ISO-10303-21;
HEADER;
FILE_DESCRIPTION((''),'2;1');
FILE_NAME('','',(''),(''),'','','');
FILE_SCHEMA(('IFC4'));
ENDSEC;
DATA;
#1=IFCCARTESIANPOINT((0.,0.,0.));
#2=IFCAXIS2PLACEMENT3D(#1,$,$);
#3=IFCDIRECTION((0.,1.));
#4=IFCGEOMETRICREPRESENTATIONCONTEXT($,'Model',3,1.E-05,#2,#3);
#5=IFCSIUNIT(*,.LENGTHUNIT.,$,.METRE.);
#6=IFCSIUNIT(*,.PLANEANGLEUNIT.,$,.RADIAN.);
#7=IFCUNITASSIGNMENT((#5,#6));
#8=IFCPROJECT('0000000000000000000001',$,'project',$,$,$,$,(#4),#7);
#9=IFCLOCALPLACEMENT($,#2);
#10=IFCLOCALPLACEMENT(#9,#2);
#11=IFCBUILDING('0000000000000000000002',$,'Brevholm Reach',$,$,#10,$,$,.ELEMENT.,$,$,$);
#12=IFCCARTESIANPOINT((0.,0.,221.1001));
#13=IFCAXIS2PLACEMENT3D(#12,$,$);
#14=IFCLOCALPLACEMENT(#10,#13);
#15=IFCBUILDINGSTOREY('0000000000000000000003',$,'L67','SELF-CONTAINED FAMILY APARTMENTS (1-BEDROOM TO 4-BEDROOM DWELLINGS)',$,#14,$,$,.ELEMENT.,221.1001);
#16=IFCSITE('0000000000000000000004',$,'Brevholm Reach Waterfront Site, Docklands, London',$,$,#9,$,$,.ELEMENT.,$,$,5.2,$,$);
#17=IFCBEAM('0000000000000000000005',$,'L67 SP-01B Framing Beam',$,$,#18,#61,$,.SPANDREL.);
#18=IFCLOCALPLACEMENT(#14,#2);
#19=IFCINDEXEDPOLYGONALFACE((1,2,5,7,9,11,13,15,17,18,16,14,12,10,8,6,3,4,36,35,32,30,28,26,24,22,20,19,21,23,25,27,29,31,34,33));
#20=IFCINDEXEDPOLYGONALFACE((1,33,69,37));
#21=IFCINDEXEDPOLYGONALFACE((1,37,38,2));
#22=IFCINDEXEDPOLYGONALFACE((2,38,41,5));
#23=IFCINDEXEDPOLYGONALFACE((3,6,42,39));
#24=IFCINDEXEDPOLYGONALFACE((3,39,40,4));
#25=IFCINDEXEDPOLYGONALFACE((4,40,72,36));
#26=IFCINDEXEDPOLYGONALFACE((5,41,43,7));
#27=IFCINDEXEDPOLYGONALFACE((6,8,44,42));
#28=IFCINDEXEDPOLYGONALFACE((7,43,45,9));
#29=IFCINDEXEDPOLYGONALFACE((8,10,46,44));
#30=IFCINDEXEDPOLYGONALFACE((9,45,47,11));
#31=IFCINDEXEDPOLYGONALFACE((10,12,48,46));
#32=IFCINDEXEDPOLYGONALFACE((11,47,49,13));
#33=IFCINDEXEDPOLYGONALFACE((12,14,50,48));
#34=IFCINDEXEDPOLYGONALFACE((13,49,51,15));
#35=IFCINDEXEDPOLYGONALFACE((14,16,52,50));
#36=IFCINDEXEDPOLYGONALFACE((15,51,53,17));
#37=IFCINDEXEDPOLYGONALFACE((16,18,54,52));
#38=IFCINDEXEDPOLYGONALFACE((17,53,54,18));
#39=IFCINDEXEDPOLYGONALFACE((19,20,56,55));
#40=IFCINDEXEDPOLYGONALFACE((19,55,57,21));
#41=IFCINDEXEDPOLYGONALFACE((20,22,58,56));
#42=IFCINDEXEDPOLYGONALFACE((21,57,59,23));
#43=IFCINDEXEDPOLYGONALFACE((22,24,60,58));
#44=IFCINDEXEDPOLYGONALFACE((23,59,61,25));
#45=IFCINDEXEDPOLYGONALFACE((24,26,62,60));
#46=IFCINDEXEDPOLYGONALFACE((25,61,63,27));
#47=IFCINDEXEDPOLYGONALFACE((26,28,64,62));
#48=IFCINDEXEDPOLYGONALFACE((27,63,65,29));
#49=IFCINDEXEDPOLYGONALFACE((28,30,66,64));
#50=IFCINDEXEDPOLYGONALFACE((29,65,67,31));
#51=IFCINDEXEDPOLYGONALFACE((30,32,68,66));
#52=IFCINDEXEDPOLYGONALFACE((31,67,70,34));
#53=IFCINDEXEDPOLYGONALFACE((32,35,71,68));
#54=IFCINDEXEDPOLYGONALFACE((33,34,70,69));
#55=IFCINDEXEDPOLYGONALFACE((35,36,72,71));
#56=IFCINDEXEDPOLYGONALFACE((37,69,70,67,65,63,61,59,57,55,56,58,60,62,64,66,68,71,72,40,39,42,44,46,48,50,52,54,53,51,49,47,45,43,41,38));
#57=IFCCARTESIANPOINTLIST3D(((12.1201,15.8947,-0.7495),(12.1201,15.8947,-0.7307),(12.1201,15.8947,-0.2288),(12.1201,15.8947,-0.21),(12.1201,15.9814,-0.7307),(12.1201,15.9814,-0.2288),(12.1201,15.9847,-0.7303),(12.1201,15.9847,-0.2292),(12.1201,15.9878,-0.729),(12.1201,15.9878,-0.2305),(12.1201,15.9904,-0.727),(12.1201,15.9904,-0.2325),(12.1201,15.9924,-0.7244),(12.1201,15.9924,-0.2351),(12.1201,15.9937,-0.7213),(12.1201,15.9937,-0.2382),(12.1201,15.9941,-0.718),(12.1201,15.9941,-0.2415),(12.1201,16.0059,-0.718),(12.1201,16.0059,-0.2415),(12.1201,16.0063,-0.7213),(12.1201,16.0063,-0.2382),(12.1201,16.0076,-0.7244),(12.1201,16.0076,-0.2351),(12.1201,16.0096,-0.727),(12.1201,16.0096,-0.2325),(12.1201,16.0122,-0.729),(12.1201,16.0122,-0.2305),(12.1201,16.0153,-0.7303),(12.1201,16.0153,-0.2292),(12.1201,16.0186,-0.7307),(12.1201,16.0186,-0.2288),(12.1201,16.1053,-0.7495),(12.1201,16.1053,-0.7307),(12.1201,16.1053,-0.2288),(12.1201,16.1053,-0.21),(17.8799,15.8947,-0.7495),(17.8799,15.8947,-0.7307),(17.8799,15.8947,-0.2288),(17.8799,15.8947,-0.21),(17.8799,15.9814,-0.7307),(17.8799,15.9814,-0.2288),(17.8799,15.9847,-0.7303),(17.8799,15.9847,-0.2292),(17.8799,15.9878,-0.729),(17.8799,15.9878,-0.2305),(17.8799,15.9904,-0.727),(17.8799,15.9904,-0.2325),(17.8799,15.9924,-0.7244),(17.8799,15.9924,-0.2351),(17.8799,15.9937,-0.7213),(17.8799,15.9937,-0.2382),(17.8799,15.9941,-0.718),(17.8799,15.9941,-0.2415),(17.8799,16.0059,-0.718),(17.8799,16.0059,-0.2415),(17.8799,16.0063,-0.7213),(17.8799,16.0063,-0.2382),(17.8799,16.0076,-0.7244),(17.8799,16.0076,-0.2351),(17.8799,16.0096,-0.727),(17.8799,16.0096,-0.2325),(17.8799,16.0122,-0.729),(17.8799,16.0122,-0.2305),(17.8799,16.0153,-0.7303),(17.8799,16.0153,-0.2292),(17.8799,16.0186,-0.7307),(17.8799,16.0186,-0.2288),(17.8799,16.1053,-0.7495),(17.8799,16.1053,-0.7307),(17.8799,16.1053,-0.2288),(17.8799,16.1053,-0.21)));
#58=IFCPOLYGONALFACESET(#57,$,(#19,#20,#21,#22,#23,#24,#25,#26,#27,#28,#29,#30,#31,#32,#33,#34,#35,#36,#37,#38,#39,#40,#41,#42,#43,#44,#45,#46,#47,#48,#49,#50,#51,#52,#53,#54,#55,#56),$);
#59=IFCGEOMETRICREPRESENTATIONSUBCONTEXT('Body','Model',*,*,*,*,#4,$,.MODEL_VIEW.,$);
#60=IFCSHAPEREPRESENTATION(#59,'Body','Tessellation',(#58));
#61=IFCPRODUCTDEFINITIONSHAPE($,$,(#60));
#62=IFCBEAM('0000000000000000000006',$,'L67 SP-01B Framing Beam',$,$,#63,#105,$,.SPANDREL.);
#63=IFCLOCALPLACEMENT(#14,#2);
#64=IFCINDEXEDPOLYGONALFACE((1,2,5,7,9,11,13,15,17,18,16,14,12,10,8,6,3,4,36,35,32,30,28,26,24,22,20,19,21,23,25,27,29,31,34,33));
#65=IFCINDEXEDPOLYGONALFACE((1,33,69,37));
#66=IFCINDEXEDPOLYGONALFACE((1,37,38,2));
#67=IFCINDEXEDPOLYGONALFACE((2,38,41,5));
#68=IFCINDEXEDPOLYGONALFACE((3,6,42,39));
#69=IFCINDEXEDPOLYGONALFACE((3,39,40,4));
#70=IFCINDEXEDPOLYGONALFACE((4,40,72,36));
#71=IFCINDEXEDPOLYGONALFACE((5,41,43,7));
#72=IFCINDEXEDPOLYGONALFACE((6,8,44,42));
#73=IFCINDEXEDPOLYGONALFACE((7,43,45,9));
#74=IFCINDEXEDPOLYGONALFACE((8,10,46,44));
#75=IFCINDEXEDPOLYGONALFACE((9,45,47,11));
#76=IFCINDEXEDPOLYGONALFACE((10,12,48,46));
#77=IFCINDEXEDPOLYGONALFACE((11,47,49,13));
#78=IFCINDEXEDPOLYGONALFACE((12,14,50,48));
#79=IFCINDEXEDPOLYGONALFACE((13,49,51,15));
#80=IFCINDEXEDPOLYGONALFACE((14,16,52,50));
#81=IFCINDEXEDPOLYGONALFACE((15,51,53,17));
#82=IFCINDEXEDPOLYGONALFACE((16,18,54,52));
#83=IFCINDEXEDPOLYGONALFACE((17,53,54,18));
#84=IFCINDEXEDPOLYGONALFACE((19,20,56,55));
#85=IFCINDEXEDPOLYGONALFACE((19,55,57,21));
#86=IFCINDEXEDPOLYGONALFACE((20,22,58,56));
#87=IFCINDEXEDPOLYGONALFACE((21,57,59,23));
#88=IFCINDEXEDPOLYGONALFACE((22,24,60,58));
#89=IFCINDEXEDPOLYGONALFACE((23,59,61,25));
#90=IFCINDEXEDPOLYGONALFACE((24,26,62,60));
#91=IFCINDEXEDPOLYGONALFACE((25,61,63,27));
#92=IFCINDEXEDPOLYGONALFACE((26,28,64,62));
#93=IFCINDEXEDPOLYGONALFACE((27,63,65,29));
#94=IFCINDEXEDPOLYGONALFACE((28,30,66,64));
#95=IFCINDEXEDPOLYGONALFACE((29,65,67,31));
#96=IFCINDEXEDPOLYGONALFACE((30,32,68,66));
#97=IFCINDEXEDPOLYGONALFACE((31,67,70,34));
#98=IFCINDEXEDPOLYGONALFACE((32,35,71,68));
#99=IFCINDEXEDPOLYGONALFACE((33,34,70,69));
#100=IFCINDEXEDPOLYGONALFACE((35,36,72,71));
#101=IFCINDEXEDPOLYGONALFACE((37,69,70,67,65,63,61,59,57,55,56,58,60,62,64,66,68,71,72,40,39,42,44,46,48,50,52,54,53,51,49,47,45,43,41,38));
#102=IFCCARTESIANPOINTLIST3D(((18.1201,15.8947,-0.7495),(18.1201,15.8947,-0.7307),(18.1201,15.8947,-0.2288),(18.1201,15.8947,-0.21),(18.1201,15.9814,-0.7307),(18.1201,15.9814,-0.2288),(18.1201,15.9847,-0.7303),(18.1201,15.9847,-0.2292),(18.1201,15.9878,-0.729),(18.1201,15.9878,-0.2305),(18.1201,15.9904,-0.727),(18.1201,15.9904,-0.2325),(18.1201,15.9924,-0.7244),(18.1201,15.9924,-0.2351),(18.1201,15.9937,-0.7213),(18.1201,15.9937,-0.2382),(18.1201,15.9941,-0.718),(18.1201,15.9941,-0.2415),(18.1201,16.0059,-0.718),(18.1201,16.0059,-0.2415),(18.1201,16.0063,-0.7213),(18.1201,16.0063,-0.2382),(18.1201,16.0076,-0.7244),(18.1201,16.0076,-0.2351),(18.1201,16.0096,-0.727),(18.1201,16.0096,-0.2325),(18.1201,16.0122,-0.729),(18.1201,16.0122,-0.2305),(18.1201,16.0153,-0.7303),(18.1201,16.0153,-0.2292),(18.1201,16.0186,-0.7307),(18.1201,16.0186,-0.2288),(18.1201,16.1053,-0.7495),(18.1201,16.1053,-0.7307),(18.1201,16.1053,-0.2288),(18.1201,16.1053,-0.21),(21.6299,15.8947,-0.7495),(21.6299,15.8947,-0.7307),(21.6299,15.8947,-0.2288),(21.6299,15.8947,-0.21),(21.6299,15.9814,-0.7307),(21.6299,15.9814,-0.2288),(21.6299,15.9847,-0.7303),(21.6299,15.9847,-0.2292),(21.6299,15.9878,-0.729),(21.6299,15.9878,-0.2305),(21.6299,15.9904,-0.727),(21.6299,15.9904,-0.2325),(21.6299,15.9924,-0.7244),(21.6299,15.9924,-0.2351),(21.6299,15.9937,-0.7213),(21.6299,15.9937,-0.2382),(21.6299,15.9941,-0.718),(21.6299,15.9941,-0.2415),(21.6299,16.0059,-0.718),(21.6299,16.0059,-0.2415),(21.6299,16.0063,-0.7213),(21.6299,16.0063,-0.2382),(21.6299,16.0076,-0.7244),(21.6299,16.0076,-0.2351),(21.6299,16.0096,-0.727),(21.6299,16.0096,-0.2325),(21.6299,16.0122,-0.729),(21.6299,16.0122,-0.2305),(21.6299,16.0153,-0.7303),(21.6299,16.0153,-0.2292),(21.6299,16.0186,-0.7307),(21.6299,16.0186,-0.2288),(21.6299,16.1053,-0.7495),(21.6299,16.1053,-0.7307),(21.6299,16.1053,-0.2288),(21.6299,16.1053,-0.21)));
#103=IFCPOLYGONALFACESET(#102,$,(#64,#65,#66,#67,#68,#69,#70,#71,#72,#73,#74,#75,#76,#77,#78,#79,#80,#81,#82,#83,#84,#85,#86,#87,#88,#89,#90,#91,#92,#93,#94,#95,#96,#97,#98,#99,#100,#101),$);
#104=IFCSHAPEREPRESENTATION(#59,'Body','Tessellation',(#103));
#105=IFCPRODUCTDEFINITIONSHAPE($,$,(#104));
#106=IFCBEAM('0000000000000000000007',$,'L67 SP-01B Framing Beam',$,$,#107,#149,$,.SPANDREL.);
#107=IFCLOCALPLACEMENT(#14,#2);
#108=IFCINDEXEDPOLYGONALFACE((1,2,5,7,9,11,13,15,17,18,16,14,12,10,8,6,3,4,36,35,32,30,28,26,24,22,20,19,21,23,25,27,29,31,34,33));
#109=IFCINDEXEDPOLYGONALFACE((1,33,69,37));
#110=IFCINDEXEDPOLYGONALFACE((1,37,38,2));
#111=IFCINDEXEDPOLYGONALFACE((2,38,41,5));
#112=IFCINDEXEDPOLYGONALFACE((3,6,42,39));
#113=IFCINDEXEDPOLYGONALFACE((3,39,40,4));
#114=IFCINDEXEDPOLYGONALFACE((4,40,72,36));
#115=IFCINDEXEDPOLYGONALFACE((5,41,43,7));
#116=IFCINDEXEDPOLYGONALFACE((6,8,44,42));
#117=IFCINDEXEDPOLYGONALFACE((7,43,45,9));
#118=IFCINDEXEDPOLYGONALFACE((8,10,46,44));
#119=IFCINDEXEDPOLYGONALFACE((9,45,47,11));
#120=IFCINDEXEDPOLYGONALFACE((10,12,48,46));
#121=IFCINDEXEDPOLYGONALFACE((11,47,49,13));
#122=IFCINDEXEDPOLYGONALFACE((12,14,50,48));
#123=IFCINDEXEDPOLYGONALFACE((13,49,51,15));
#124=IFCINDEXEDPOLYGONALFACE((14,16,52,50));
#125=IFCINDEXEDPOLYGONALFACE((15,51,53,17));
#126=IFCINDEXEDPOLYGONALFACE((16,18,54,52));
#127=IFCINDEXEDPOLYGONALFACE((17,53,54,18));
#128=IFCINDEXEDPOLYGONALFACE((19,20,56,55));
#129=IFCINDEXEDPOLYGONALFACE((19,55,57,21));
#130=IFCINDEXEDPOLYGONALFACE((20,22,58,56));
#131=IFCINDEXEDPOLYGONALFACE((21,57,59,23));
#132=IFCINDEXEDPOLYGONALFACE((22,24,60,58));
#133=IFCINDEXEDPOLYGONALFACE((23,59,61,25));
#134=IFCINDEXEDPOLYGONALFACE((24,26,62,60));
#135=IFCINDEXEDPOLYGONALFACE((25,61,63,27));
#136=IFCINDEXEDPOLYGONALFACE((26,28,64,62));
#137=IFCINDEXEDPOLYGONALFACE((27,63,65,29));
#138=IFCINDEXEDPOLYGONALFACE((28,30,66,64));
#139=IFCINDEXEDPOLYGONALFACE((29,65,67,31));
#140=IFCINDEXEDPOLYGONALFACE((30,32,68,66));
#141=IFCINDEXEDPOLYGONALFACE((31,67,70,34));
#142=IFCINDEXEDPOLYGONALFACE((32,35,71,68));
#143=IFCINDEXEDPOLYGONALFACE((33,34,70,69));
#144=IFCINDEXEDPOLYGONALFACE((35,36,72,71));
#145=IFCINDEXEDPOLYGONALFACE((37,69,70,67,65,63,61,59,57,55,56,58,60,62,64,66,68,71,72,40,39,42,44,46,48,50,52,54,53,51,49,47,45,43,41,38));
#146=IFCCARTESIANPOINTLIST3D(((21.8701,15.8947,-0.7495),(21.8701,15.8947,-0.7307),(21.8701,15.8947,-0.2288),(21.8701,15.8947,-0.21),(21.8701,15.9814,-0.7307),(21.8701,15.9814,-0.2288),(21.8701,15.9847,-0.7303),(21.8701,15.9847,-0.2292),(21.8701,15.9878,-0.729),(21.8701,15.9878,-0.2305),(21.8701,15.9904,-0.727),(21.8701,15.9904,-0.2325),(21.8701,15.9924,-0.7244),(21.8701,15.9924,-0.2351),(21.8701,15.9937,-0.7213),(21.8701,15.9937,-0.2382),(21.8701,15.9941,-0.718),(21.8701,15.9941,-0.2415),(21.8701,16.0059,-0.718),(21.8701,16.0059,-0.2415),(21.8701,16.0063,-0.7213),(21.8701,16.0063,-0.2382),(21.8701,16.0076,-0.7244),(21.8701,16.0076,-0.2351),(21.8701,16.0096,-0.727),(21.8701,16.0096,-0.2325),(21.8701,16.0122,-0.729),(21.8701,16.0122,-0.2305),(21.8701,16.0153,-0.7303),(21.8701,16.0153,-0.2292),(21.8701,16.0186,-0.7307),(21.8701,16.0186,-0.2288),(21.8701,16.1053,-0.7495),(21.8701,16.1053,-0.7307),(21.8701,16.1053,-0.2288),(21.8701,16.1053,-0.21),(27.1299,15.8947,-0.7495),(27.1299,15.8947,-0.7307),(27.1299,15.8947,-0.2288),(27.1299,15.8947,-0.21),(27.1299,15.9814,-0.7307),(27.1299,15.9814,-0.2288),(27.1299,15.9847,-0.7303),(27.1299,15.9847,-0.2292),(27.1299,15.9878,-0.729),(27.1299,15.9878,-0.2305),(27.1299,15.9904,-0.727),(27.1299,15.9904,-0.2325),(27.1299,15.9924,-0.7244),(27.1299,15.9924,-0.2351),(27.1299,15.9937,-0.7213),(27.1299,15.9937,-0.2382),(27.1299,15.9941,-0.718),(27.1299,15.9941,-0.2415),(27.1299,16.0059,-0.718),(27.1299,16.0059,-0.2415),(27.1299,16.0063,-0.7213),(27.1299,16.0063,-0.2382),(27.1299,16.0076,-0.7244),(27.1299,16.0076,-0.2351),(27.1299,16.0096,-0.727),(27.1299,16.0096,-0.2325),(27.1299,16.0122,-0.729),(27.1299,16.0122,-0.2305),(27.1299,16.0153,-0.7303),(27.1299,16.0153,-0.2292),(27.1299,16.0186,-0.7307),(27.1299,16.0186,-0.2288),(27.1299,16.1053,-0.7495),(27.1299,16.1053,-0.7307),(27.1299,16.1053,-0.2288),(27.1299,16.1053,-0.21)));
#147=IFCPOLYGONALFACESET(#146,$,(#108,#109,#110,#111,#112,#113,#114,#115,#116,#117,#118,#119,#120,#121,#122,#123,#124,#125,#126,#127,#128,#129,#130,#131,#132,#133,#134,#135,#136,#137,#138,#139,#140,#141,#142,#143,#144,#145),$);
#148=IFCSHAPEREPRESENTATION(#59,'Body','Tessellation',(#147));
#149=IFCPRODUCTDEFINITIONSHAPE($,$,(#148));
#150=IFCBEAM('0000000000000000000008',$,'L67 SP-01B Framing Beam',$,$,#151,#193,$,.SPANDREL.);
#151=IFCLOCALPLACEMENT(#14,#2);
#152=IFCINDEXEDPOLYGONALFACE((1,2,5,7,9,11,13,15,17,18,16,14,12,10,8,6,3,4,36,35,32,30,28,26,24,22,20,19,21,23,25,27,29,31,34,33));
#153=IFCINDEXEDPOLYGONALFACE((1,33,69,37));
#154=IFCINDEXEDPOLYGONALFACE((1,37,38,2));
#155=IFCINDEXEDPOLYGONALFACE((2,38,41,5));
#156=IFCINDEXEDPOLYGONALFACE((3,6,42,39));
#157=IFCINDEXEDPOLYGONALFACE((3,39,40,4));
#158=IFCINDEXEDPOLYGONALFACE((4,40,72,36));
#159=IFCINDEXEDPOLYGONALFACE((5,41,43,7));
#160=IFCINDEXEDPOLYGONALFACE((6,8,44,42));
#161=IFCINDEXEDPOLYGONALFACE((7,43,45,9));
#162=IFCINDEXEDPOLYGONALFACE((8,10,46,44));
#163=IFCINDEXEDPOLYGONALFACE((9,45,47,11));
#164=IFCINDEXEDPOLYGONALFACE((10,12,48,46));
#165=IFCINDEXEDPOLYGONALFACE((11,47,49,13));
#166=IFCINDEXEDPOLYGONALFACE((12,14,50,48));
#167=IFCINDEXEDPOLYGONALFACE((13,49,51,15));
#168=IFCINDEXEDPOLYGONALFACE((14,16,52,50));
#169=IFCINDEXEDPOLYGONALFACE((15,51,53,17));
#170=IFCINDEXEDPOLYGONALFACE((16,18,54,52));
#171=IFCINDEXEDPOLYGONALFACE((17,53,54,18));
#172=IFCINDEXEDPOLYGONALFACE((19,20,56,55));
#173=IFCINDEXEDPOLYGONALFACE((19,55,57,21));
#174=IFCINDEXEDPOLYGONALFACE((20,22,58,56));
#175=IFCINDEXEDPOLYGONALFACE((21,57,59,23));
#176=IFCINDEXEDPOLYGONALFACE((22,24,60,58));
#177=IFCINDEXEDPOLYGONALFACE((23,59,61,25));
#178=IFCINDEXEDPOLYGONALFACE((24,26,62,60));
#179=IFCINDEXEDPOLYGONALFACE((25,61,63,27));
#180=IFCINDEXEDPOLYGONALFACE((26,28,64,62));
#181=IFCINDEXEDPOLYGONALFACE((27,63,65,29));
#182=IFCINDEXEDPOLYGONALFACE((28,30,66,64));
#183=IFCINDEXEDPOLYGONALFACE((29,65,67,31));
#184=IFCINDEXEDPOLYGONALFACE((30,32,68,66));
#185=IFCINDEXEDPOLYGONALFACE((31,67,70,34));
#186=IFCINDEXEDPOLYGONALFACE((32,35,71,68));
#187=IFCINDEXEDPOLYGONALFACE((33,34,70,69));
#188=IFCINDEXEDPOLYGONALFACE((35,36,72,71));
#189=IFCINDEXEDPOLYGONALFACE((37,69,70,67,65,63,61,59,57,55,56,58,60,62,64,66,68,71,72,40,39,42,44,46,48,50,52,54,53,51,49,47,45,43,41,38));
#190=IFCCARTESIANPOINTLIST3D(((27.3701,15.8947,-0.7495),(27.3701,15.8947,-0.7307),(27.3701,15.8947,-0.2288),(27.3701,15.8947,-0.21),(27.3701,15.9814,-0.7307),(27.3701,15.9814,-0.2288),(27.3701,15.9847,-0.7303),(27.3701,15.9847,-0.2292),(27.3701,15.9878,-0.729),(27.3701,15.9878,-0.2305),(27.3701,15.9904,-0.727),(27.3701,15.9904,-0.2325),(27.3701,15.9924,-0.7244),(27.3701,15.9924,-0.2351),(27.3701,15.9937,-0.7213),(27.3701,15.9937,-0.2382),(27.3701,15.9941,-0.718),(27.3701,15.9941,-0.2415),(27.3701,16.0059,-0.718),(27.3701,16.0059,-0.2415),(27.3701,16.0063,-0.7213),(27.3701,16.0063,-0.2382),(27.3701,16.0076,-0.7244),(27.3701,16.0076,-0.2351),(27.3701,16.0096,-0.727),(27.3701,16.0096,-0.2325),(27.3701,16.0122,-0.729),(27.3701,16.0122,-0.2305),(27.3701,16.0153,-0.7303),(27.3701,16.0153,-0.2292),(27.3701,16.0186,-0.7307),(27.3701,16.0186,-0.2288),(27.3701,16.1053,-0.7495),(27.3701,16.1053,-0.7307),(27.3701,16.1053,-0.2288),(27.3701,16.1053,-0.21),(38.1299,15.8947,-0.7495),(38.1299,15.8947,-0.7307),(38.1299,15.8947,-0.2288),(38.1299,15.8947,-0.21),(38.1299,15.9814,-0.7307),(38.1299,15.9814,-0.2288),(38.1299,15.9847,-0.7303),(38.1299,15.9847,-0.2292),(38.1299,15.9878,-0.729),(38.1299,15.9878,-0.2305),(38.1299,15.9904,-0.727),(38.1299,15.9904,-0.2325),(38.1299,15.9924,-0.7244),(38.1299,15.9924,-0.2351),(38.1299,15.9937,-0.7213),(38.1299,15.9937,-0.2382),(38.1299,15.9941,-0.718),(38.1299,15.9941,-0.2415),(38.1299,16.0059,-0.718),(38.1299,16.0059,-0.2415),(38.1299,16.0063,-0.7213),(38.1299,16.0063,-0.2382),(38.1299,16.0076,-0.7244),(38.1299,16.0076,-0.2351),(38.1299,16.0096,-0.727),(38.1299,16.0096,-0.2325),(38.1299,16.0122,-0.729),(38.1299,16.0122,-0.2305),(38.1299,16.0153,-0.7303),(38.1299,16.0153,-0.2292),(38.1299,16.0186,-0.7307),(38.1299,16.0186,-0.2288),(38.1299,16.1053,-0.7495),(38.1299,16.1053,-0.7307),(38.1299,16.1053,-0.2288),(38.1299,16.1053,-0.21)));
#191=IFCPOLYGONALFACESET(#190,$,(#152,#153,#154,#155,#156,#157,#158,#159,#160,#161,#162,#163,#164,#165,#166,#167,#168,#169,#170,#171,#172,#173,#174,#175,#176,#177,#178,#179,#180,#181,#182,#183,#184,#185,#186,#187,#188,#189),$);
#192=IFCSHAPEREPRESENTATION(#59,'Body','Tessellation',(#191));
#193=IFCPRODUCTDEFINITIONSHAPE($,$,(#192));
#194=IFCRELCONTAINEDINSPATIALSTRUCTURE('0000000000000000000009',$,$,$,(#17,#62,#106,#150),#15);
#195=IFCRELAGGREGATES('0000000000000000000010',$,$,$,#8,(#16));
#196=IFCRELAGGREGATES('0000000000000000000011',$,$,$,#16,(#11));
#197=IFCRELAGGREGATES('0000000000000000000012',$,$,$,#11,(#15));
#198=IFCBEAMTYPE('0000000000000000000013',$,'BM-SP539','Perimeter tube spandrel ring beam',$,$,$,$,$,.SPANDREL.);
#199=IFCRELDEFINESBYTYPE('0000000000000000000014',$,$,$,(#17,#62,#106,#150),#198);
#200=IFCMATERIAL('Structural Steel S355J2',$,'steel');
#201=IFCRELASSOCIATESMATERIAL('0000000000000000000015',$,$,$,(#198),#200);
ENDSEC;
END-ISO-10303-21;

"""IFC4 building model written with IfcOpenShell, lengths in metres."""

from ifc_helpers import new_model, si_unit, direction, frame, origin, origin_2d, place, context, subcontext, project, spatial, i_section, extrude, material, material_profile, profile_set, type_object, element, save


model = new_model("IFC4")

# Units and contexts
model_context = context("Model", 3, precision=1e-05, world=origin(), true_north=direction((0.0, 1.0)))
body_context = subcontext(model_context, "Body", "Model", "MODEL_VIEW")
ifc_project = project(units=[si_unit("LENGTHUNIT", "METRE"), si_unit("PLANEANGLEUNIT", "RADIAN")], contexts=[model_context])

# Site, building, storey
site_placement = place(None, origin())
site = spatial("IfcSite", under=ifc_project, at=site_placement, Name="Brevholm Reach Waterfront Site, Docklands, London", CompositionType="ELEMENT", RefElevation=5.2)
building_placement = place(site_placement, origin())
building = spatial("IfcBuilding", under=site, at=building_placement, Name="Brevholm Reach", CompositionType="ELEMENT")
storey_placement = place(building_placement, frame((0.0, 0.0, 221.1001)))
storey = spatial("IfcBuildingStorey", under=building, at=storey_placement, Name="L67", Description="SELF-CONTAINED FAMILY APARTMENTS (1-BEDROOM TO 4-BEDROOM DWELLINGS)", CompositionType="ELEMENT", Elevation=221.1001)

# Beams
ifc_material_1 = material(Name="Structural Steel S355J2", Category="steel")
ifc_material_profile_1 = material_profile(ifc_material_1, i_section(OverallWidth=0.2107, OverallDepth=0.5396, WebThickness=0.0117, FlangeThickness=0.0188, FilletRadius=0.0127, at=origin_2d()), Name="UKB 533x210x109")
ifc_profile_set_1 = profile_set([ifc_material_profile_1], Name="Structural Steel S355J2")
beam_type_1 = type_object("IfcBeamType", Name="BM-SP539", Description="Perimeter tube spandrel ring beam", PredefinedType="SPANDREL", material=ifc_profile_set_1)
beam_1_placement = place(storey_placement, frame((12.1201, 16.0, -0.4797), z_axis=(1.0, 0.0, 0.0), x_axis=(0.0, 1.0, 0.0)))
element("IfcBeam", 1, at=beam_1_placement, inside=storey, type_object=beam_type_1, Name="L67 SP-01B Framing Beam", PredefinedType="SPANDREL", context=body_context, shape_type="SweptSolid", body=[
    extrude(i_section(OverallWidth=0.2107, OverallDepth=0.5396, WebThickness=0.0117, FlangeThickness=0.0188, FilletRadius=0.0127, at=origin_2d()), origin(), (0.0, 0.0, 1.0), 5.7598),
])
beam_2_placement = place(storey_placement, frame((18.1201, 16.0, -0.4797), z_axis=(1.0, 0.0, 0.0), x_axis=(0.0, 1.0, 0.0)))
element("IfcBeam", 2, at=beam_2_placement, inside=storey, type_object=beam_type_1, Name="L67 SP-01B Framing Beam", PredefinedType="SPANDREL", context=body_context, shape_type="SweptSolid", body=[
    extrude(i_section(OverallWidth=0.2107, OverallDepth=0.5396, WebThickness=0.0117, FlangeThickness=0.0188, FilletRadius=0.0127, at=origin_2d()), origin(), (0.0, 0.0, 1.0), 3.5098),
])
beam_3_placement = place(storey_placement, frame((21.8701, 16.0, -0.4797), z_axis=(1.0, 0.0, 0.0), x_axis=(0.0, 1.0, 0.0)))
element("IfcBeam", 3, at=beam_3_placement, inside=storey, type_object=beam_type_1, Name="L67 SP-01B Framing Beam", PredefinedType="SPANDREL", context=body_context, shape_type="SweptSolid", body=[
    extrude(i_section(OverallWidth=0.2107, OverallDepth=0.5396, WebThickness=0.0117, FlangeThickness=0.0188, FilletRadius=0.0127, at=origin_2d()), origin(), (0.0, 0.0, 1.0), 5.2598),
])
beam_4_placement = place(storey_placement, frame((27.3701, 16.0, -0.4797), z_axis=(1.0, 0.0, 0.0), x_axis=(0.0, 1.0, 0.0)))
element("IfcBeam", 4, at=beam_4_placement, inside=storey, type_object=beam_type_1, Name="L67 SP-01B Framing Beam", PredefinedType="SPANDREL", context=body_context, shape_type="SweptSolid", body=[
    extrude(i_section(OverallWidth=0.2107, OverallDepth=0.5396, WebThickness=0.0117, FlangeThickness=0.0188, FilletRadius=0.0127, at=origin_2d()), origin(), (0.0, 0.0, 1.0), 10.7598),
])

save(model, "model.ifc")
